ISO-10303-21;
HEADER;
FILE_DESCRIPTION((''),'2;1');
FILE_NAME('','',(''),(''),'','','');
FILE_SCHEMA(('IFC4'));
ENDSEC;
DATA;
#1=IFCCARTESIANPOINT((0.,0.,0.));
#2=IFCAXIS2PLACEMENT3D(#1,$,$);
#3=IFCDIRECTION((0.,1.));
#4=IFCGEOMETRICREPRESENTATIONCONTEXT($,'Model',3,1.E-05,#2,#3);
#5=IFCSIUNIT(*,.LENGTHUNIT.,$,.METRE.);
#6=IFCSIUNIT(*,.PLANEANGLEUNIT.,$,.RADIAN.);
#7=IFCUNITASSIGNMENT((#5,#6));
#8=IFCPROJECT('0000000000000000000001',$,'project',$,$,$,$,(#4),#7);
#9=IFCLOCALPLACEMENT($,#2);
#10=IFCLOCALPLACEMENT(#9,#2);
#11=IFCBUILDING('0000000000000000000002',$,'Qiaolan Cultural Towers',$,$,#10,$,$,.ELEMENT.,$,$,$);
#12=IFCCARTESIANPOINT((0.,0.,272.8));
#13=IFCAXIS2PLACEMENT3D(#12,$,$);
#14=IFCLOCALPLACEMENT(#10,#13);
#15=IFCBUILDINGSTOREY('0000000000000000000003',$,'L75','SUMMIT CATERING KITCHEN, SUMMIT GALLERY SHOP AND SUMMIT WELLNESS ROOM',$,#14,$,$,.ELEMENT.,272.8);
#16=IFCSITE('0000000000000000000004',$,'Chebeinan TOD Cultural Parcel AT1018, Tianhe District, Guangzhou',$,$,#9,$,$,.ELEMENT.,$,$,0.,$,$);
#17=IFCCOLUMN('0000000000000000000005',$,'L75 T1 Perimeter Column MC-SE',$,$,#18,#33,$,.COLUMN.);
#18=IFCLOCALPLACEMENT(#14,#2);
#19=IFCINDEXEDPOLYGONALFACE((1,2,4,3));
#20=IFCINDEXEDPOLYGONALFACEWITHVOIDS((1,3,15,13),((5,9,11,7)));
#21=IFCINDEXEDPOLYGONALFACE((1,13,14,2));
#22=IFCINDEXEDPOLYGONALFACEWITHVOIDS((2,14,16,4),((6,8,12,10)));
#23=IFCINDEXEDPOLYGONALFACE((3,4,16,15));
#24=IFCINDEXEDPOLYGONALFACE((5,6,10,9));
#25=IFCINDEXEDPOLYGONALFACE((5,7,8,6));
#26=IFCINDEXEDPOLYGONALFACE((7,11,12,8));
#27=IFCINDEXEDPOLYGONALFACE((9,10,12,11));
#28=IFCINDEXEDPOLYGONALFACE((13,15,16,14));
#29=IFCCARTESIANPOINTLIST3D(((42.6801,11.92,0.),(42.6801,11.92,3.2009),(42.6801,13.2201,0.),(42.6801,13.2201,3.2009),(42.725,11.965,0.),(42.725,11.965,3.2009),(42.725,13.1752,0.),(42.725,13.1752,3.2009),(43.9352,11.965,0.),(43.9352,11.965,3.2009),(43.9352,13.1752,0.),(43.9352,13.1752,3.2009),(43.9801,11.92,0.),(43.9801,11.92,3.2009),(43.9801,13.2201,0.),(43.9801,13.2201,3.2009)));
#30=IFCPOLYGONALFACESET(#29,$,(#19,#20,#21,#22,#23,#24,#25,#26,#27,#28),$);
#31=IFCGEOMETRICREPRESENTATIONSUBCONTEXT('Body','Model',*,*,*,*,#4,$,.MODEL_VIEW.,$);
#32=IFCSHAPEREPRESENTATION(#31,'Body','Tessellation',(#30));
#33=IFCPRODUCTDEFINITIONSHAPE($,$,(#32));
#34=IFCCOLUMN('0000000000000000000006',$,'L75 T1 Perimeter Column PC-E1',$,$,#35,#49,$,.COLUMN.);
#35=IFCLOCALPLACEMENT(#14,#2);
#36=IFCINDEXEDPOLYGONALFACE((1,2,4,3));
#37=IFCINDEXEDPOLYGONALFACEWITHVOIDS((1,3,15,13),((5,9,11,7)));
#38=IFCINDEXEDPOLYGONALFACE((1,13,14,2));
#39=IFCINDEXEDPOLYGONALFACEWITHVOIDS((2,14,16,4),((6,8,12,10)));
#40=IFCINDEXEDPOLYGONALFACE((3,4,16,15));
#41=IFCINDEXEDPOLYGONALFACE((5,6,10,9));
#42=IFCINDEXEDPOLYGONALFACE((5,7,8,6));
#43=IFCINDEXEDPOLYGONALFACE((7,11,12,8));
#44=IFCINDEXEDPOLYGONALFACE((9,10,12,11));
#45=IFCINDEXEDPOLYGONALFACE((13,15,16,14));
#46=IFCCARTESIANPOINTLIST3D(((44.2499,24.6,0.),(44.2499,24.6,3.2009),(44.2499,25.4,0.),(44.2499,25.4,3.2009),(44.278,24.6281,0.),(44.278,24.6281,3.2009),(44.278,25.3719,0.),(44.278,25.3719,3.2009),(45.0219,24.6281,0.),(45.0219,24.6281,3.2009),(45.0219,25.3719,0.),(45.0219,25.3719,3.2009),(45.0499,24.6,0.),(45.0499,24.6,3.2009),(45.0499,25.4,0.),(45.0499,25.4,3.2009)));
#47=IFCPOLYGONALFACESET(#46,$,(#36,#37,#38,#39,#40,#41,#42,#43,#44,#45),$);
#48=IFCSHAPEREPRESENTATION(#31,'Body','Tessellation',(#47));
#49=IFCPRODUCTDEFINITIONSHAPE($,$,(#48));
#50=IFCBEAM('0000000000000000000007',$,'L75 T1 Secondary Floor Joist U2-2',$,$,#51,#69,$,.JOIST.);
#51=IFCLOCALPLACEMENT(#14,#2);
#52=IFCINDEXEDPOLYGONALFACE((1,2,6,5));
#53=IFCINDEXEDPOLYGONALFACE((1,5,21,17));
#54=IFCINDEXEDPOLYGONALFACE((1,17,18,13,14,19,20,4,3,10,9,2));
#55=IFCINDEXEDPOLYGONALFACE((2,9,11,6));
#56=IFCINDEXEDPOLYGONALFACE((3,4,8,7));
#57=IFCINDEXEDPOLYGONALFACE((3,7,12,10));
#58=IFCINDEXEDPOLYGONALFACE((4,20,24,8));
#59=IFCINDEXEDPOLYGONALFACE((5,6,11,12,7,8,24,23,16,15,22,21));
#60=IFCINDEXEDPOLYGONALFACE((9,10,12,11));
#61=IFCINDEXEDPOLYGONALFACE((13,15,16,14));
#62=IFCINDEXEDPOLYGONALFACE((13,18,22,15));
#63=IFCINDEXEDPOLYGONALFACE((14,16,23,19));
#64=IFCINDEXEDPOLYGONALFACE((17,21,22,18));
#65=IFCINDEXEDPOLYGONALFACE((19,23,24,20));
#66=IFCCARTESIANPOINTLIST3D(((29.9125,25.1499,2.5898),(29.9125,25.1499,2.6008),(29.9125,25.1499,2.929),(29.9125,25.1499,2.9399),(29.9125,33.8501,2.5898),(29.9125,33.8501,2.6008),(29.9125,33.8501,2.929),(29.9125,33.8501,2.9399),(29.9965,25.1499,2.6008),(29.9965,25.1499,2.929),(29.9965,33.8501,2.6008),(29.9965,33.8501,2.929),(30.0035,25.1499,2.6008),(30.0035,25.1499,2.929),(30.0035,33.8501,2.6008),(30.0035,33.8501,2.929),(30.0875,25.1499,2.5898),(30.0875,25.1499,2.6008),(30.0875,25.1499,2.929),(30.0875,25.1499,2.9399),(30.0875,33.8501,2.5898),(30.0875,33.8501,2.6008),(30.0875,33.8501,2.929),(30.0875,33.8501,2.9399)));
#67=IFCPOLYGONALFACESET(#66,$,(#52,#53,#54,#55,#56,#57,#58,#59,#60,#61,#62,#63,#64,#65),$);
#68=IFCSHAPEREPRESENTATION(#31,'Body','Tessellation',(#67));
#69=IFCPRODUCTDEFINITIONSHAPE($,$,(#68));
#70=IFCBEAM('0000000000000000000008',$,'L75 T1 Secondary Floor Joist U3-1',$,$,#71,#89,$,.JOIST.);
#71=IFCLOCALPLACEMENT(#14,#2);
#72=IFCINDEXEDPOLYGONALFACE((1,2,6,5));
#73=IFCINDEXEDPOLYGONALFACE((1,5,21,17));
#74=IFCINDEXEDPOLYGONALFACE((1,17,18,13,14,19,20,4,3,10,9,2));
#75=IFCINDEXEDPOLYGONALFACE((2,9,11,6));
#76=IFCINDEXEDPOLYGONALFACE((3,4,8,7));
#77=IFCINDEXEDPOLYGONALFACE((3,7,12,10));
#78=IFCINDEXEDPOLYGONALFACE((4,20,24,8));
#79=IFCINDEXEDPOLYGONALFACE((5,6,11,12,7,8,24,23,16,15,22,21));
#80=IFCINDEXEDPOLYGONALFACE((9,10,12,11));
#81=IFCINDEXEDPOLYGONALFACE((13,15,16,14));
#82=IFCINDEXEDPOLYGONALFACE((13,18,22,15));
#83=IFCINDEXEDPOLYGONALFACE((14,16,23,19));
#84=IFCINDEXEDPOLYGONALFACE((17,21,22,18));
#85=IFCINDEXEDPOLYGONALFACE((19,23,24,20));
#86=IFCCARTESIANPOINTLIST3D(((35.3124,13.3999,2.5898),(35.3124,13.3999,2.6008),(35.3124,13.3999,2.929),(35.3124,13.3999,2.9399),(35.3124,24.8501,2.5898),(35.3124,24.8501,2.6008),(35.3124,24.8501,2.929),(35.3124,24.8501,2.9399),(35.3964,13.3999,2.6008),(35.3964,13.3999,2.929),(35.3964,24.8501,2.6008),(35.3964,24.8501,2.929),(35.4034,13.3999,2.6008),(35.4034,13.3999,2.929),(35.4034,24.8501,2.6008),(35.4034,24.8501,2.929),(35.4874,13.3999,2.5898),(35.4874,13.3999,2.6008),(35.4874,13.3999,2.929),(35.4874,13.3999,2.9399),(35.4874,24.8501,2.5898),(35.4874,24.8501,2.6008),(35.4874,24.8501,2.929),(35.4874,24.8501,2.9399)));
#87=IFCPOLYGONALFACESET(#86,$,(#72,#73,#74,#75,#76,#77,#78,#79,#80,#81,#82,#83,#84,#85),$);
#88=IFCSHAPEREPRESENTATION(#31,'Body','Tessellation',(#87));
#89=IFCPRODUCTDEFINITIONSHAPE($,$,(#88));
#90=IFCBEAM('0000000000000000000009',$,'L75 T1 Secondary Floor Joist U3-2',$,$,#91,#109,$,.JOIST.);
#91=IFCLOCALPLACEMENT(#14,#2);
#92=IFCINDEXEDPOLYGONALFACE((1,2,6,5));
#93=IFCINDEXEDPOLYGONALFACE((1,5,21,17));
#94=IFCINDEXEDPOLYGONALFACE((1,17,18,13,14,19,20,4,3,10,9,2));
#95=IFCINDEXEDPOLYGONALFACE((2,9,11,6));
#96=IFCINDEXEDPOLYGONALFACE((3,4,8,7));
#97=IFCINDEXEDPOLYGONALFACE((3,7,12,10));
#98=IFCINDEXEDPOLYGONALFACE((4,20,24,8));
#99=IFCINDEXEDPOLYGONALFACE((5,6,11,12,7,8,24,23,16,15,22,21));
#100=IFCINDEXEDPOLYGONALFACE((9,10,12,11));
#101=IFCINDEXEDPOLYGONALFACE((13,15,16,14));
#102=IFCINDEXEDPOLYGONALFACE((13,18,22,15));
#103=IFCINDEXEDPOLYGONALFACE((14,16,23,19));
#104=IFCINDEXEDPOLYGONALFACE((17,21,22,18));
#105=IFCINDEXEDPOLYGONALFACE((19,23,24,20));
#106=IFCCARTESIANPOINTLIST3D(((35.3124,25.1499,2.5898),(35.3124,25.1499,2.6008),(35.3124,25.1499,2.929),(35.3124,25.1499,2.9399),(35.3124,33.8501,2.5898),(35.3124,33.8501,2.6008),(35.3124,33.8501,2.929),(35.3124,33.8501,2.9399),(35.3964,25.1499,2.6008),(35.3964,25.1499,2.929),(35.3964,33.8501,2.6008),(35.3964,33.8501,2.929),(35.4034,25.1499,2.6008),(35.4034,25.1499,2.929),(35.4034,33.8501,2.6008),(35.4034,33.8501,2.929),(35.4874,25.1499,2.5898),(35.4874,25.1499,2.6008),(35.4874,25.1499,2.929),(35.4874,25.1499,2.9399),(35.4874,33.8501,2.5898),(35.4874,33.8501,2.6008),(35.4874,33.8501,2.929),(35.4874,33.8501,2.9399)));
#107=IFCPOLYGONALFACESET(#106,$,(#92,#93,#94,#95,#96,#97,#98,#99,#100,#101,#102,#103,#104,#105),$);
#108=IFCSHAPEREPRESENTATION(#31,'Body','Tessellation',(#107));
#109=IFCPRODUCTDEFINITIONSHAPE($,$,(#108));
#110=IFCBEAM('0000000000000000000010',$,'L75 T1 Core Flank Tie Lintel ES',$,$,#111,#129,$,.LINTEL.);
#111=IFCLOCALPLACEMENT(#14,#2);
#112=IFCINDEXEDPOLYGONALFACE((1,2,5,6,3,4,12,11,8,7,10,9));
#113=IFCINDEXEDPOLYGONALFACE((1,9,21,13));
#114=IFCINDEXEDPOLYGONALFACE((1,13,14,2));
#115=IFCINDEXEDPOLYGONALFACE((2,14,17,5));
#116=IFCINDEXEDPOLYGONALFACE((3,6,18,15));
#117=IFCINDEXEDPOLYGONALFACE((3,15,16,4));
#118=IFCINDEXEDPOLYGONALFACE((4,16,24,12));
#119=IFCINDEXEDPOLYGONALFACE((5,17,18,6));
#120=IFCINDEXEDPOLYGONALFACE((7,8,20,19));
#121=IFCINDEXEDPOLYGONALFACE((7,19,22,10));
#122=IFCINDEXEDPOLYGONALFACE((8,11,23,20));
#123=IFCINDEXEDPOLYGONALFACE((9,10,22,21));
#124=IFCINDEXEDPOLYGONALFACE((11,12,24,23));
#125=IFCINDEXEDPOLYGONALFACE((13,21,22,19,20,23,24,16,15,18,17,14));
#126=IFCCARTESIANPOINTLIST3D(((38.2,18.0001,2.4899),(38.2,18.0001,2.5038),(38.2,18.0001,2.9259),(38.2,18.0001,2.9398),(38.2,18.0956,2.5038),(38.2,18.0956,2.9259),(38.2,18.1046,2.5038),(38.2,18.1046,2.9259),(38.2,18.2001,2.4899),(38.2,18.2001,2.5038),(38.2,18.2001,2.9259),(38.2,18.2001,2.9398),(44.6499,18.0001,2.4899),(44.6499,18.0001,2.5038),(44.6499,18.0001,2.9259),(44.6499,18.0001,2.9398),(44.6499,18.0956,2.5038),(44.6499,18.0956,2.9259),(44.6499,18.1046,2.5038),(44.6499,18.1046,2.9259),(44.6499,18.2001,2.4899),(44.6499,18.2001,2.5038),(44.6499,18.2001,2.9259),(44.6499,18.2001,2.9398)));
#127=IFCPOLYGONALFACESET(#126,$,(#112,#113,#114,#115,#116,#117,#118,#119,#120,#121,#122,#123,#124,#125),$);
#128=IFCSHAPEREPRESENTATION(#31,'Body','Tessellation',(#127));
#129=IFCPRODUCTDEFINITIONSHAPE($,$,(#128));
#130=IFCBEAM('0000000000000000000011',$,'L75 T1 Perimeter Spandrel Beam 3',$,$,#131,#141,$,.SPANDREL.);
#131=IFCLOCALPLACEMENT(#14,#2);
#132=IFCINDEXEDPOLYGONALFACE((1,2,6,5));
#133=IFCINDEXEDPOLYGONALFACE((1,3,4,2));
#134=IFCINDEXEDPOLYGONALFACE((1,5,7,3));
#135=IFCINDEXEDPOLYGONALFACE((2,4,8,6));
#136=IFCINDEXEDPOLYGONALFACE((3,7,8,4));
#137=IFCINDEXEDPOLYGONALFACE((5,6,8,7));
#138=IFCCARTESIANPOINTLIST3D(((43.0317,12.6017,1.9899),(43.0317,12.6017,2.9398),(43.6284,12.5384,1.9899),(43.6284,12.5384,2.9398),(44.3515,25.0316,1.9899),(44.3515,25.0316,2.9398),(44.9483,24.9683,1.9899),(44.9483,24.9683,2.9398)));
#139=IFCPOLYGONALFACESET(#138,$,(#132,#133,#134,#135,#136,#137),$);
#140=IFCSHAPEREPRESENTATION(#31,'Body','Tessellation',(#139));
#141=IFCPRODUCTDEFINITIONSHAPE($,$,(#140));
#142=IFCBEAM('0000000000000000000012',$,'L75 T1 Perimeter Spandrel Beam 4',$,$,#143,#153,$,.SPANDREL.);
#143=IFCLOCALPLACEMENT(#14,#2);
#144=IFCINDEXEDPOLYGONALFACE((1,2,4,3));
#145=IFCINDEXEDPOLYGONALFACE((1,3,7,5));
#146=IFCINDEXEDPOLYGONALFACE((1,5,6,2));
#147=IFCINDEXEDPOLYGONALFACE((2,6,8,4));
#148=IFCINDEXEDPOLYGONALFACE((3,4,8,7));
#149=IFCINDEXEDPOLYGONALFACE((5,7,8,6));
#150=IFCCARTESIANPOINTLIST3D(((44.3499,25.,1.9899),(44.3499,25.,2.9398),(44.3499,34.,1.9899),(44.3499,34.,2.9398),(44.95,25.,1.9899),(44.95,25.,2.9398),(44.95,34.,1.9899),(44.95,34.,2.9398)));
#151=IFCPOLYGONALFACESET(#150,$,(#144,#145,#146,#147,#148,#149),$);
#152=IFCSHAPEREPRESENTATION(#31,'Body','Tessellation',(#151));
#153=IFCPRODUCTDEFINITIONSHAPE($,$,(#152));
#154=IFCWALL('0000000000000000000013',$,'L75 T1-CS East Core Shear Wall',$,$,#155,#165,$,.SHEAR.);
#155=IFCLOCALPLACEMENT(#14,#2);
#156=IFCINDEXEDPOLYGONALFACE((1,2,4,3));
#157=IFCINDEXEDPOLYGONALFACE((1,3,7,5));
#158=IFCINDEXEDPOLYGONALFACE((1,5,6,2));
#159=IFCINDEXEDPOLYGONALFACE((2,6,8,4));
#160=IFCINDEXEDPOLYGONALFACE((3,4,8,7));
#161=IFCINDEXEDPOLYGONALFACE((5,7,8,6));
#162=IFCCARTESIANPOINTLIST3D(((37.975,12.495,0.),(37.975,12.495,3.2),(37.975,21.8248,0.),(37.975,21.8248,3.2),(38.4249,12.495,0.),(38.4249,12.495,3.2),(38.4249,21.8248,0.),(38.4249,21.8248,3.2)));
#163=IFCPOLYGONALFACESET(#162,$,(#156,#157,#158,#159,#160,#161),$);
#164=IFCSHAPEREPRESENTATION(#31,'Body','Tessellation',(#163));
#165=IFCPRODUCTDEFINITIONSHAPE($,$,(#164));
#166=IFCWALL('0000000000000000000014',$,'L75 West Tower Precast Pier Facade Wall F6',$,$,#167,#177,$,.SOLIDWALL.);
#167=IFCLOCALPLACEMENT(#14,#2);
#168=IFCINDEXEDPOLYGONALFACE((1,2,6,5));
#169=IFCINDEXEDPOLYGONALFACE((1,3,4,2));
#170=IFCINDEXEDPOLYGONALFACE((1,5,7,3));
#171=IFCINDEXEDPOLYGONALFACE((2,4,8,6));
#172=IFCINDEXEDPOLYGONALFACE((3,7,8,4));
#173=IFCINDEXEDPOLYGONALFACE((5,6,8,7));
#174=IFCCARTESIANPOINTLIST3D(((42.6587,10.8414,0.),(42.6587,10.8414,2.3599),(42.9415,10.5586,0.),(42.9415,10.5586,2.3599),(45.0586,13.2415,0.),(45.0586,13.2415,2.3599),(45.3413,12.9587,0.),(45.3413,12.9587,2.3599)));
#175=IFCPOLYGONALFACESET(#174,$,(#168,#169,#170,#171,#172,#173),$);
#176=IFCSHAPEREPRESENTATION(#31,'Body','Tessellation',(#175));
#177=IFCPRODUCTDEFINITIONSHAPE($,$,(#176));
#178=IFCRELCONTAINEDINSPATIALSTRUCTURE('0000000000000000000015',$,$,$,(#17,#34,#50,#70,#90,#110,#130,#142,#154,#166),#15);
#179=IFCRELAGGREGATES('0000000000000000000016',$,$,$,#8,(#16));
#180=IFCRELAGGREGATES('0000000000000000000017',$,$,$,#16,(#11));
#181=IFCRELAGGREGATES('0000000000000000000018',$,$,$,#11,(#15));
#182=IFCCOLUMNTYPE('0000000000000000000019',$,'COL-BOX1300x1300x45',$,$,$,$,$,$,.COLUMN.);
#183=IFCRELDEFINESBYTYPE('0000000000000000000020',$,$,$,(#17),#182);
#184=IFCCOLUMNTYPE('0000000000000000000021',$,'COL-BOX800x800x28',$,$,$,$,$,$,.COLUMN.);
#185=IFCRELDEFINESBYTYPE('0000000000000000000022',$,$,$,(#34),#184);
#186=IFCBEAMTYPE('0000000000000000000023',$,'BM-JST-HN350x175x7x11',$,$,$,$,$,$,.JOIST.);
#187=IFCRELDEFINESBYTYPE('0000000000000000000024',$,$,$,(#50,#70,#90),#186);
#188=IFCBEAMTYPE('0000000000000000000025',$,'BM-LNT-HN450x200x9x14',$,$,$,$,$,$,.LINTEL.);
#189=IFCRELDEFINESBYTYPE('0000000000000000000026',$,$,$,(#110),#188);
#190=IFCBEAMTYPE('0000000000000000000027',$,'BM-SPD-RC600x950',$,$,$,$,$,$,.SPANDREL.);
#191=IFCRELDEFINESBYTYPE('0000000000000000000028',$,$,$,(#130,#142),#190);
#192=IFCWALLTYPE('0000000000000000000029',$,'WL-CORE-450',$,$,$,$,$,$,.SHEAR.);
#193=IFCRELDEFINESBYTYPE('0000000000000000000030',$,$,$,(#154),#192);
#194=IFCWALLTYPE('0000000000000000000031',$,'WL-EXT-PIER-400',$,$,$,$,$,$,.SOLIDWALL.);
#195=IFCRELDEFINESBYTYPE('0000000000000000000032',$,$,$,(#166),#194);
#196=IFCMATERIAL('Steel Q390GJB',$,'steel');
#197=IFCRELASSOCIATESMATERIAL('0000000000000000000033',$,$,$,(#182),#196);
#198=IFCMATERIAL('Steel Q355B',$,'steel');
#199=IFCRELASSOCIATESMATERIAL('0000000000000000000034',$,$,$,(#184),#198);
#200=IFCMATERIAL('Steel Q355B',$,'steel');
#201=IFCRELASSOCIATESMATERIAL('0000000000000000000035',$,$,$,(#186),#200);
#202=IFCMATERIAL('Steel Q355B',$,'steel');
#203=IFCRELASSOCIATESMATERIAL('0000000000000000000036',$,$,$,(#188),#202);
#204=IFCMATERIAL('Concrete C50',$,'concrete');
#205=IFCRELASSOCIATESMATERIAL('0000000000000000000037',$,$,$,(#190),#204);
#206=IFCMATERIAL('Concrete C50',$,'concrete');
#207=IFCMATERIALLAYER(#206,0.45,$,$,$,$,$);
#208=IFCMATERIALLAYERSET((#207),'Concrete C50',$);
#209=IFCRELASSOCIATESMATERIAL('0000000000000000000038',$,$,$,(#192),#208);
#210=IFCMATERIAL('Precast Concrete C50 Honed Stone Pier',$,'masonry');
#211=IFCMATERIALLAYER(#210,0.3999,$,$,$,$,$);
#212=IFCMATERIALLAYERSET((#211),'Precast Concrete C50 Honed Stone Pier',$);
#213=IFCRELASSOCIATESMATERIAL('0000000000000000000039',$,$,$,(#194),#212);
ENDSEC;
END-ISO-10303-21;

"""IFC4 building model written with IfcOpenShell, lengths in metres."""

from ifc_helpers import new_model, si_unit, direction, frame, frame_2d, origin, origin_2d, place, context, subcontext, project, spatial, rectangle, hollow_rectangle, i_section, extrude, material, layer, layer_set, material_profile, profile_set, type_object, element, save


model = new_model("IFC4")

# Units and contexts
model_context = context("Model", 3, precision=1e-05, world=origin(), true_north=direction((0.0, 1.0)))
body_context = subcontext(model_context, "Body", "Model", "MODEL_VIEW")
ifc_project = project(units=[si_unit("LENGTHUNIT", "METRE"), si_unit("PLANEANGLEUNIT", "RADIAN")], contexts=[model_context])

# Site, building, storey
site_placement = place(None, origin())
site = spatial("IfcSite", under=ifc_project, at=site_placement, Name="Chebeinan TOD Cultural Parcel AT1018, Tianhe District, Guangzhou", CompositionType="ELEMENT", RefElevation=0.0)
building_placement = place(site_placement, origin())
building = spatial("IfcBuilding", under=site, at=building_placement, Name="Qiaolan Cultural Towers", CompositionType="ELEMENT")
storey_placement = place(building_placement, frame((0.0, 0.0, 272.8)))
storey = spatial("IfcBuildingStorey", under=building, at=storey_placement, Name="L75", Description="SUMMIT CATERING KITCHEN, SUMMIT GALLERY SHOP AND SUMMIT WELLNESS ROOM", CompositionType="ELEMENT", Elevation=272.8)

# Columns
ifc_material_1 = material(Name="Steel Q390GJB", Category="steel")
ifc_material_profile_1 = material_profile(ifc_material_1, hollow_rectangle(XDim=1.3, YDim=1.3, WallThickness=0.0449, at=origin_2d()), Name="BOX1300x1300x45")
ifc_profile_set_1 = profile_set([ifc_material_profile_1], Name="Steel Q390GJB")
column_type_1 = type_object("IfcColumnType", Name="COL-BOX1300x1300x45", PredefinedType="COLUMN", material=ifc_profile_set_1)
column_1_placement = place(storey_placement, frame((43.3301, 12.5701, 0.0), z_axis=(0.0, 0.0, 1.0), x_axis=(1.0, 0.0, 0.0)))
element("IfcColumn", 1, at=column_1_placement, inside=storey, type_object=column_type_1, Name="L75 T1 Perimeter Column MC-SE", PredefinedType="COLUMN", context=body_context, shape_type="SweptSolid", body=[
    extrude(hollow_rectangle(XDim=1.3, YDim=1.3, WallThickness=0.0449, at=origin_2d()), origin(), (0.0, 0.0, 1.0), 3.2009),
])
ifc_material_2 = material(Name="Steel Q355B", Category="steel")
ifc_material_profile_2 = material_profile(ifc_material_2, hollow_rectangle(XDim=0.8, YDim=0.8, WallThickness=0.0281, at=origin_2d()), Name="BOX800x800x28")
ifc_profile_set_2 = profile_set([ifc_material_profile_2], Name="Steel Q355B")
column_type_2 = type_object("IfcColumnType", Name="COL-BOX800x800x28", PredefinedType="COLUMN", material=ifc_profile_set_2)
column_2_placement = place(storey_placement, frame((44.6499, 25.0, 0.0), z_axis=(0.0, 0.0, 1.0), x_axis=(1.0, 0.0, 0.0)))
element("IfcColumn", 2, at=column_2_placement, inside=storey, type_object=column_type_2, Name="L75 T1 Perimeter Column PC-E1", PredefinedType="COLUMN", context=body_context, shape_type="SweptSolid", body=[
    extrude(hollow_rectangle(XDim=0.8, YDim=0.8, WallThickness=0.0281, at=origin_2d()), origin(), (0.0, 0.0, 1.0), 3.2009),
])

# Beams
ifc_material_3 = material(Name="Steel Q355B", Category="steel")
ifc_material_profile_3 = material_profile(ifc_material_3, i_section(OverallWidth=0.175, OverallDepth=0.3501, WebThickness=0.0071, FlangeThickness=0.011, at=origin_2d()), Name="HN350x175x7x11")
ifc_profile_set_3 = profile_set([ifc_material_profile_3], Name="Steel Q355B")
beam_type_1 = type_object("IfcBeamType", Name="BM-JST-HN350x175x7x11", PredefinedType="JOIST", material=ifc_profile_set_3)
beam_1_placement = place(storey_placement, frame((30.0, 25.1499, 2.7649), z_axis=(0.0, 1.0, 0.0), x_axis=(-1.0, 0.0, 0.0)))
element("IfcBeam", 3, at=beam_1_placement, inside=storey, type_object=beam_type_1, Name="L75 T1 Secondary Floor Joist U2-2", PredefinedType="JOIST", context=body_context, shape_type="SweptSolid", body=[
    extrude(i_section(OverallWidth=0.175, OverallDepth=0.3501, WebThickness=0.0071, FlangeThickness=0.011, at=origin_2d()), origin(), (0.0, 0.0, 1.0), 8.7002),
])
beam_2_placement = place(storey_placement, frame((35.3999, 13.3999, 2.7649), z_axis=(0.0, 1.0, 0.0), x_axis=(-1.0, 0.0, 0.0)))
element("IfcBeam", 4, at=beam_2_placement, inside=storey, type_object=beam_type_1, Name="L75 T1 Secondary Floor Joist U3-1", PredefinedType="JOIST", context=body_context, shape_type="SweptSolid", body=[
    extrude(i_section(OverallWidth=0.175, OverallDepth=0.3501, WebThickness=0.0071, FlangeThickness=0.011, at=origin_2d()), origin(), (0.0, 0.0, 1.0), 11.4502),
])
beam_3_placement = place(storey_placement, frame((35.3999, 25.1499, 2.7649), z_axis=(0.0, 1.0, 0.0), x_axis=(-1.0, 0.0, 0.0)))
element("IfcBeam", 5, at=beam_3_placement, inside=storey, type_object=beam_type_1, Name="L75 T1 Secondary Floor Joist U3-2", PredefinedType="JOIST", context=body_context, shape_type="SweptSolid", body=[
    extrude(i_section(OverallWidth=0.175, OverallDepth=0.3501, WebThickness=0.0071, FlangeThickness=0.011, at=origin_2d()), origin(), (0.0, 0.0, 1.0), 8.7002),
])
ifc_material_4 = material(Name="Steel Q355B", Category="steel")
ifc_material_profile_4 = material_profile(ifc_material_4, i_section(OverallWidth=0.2, OverallDepth=0.45, WebThickness=0.009, FlangeThickness=0.0139, at=origin_2d()), Name="HN450x200x9x14")
ifc_profile_set_4 = profile_set([ifc_material_profile_4], Name="Steel Q355B")
beam_type_2 = type_object("IfcBeamType", Name="BM-LNT-HN450x200x9x14", PredefinedType="LINTEL", material=ifc_profile_set_4)
beam_4_placement = place(storey_placement, frame((38.2, 18.1001, 2.7148), z_axis=(1.0, 0.0, 0.0), x_axis=(0.0, 1.0, 0.0)))
element("IfcBeam", 6, at=beam_4_placement, inside=storey, type_object=beam_type_2, Name="L75 T1 Core Flank Tie Lintel ES", PredefinedType="LINTEL", context=body_context, shape_type="SweptSolid", body=[
    extrude(i_section(OverallWidth=0.2, OverallDepth=0.45, WebThickness=0.009, FlangeThickness=0.0139, at=origin_2d()), origin(), (0.0, 0.0, 1.0), 6.45),
])
ifc_material_5 = material(Name="Concrete C50", Category="concrete")
ifc_material_profile_5 = material_profile(ifc_material_5, rectangle(XDim=0.6001, YDim=0.95, at=origin_2d()), Name="RC600x950")
ifc_profile_set_5 = profile_set([ifc_material_profile_5], Name="Concrete C50")
beam_type_3 = type_object("IfcBeamType", Name="BM-SPD-RC600x950", PredefinedType="SPANDREL", material=ifc_profile_set_5)
beam_5_placement = place(storey_placement, frame((43.3301, 12.5701, 2.4648), z_axis=(0.105588, 0.99441, 0.0), x_axis=(-0.99441, 0.105588, 0.0)))
element("IfcBeam", 7, at=beam_5_placement, inside=storey, type_object=beam_type_3, Name="L75 T1 Perimeter Spandrel Beam 3", PredefinedType="SPANDREL", context=body_context, shape_type="SweptSolid", body=[
    extrude(rectangle(XDim=0.6001, YDim=0.95, at=origin_2d()), origin(), (0.0, 0.0, 1.0), 12.4998),
])
beam_6_placement = place(storey_placement, frame((44.6499, 25.0, 2.4648), z_axis=(0.0, 1.0, 0.0), x_axis=(-1.0, 0.0, 0.0)))
element("IfcBeam", 8, at=beam_6_placement, inside=storey, type_object=beam_type_3, Name="L75 T1 Perimeter Spandrel Beam 4", PredefinedType="SPANDREL", context=body_context, shape_type="SweptSolid", body=[
    extrude(rectangle(XDim=0.6001, YDim=0.95, at=origin_2d()), origin(), (0.0, 0.0, 1.0), 9.0),
])

# Walls
ifc_material_6 = material(Name="Concrete C50", Category="concrete")
ifc_layer_1 = layer(ifc_material_6, 0.45)
ifc_layer_set_1 = layer_set([ifc_layer_1], Name="Concrete C50")
wall_type_1 = type_object("IfcWallType", Name="WL-CORE-450", PredefinedType="SHEAR", material=ifc_layer_set_1)
wall_1_placement = place(storey_placement, frame((38.2, 21.825, 0.0), z_axis=(0.0, 0.0, 1.0), x_axis=(0.0, -1.0, 0.0)))
element("IfcWall", 9, at=wall_1_placement, inside=storey, type_object=wall_type_1, Name="L75 T1-CS East Core Shear Wall", PredefinedType="SHEAR", context=body_context, shape_type="SweptSolid", body=[
    extrude(rectangle(XDim=9.3298, YDim=0.45, at=frame_2d((4.665, 0.0))), origin(), (0.0, 0.0, 1.0), 3.2),
])
ifc_material_7 = material(Name="Precast Concrete C50 Honed Stone Pier", Category="masonry")
ifc_layer_2 = layer(ifc_material_7, 0.3999)
ifc_layer_set_2 = layer_set([ifc_layer_2], Name="Precast Concrete C50 Honed Stone Pier")
wall_type_2 = type_object("IfcWallType", Name="WL-EXT-PIER-400", PredefinedType="SOLIDWALL", material=ifc_layer_set_2)
wall_2_placement = place(storey_placement, frame((45.2, 13.1001, 0.0), z_axis=(0.0, 0.0, 1.0), x_axis=(-0.707071, -0.707143, 0.0)))
element("IfcWall", 10, at=wall_2_placement, inside=storey, type_object=wall_type_2, Name="L75 West Tower Precast Pier Facade Wall F6", PredefinedType="SOLIDWALL", context=body_context, shape_type="SweptSolid", body=[
    extrude(rectangle(XDim=3.394, YDim=0.3999, at=frame_2d((1.697, 0.0))), origin(), (0.0, 0.0, 1.0), 2.3599),
])

save(model, "model.ifc")
